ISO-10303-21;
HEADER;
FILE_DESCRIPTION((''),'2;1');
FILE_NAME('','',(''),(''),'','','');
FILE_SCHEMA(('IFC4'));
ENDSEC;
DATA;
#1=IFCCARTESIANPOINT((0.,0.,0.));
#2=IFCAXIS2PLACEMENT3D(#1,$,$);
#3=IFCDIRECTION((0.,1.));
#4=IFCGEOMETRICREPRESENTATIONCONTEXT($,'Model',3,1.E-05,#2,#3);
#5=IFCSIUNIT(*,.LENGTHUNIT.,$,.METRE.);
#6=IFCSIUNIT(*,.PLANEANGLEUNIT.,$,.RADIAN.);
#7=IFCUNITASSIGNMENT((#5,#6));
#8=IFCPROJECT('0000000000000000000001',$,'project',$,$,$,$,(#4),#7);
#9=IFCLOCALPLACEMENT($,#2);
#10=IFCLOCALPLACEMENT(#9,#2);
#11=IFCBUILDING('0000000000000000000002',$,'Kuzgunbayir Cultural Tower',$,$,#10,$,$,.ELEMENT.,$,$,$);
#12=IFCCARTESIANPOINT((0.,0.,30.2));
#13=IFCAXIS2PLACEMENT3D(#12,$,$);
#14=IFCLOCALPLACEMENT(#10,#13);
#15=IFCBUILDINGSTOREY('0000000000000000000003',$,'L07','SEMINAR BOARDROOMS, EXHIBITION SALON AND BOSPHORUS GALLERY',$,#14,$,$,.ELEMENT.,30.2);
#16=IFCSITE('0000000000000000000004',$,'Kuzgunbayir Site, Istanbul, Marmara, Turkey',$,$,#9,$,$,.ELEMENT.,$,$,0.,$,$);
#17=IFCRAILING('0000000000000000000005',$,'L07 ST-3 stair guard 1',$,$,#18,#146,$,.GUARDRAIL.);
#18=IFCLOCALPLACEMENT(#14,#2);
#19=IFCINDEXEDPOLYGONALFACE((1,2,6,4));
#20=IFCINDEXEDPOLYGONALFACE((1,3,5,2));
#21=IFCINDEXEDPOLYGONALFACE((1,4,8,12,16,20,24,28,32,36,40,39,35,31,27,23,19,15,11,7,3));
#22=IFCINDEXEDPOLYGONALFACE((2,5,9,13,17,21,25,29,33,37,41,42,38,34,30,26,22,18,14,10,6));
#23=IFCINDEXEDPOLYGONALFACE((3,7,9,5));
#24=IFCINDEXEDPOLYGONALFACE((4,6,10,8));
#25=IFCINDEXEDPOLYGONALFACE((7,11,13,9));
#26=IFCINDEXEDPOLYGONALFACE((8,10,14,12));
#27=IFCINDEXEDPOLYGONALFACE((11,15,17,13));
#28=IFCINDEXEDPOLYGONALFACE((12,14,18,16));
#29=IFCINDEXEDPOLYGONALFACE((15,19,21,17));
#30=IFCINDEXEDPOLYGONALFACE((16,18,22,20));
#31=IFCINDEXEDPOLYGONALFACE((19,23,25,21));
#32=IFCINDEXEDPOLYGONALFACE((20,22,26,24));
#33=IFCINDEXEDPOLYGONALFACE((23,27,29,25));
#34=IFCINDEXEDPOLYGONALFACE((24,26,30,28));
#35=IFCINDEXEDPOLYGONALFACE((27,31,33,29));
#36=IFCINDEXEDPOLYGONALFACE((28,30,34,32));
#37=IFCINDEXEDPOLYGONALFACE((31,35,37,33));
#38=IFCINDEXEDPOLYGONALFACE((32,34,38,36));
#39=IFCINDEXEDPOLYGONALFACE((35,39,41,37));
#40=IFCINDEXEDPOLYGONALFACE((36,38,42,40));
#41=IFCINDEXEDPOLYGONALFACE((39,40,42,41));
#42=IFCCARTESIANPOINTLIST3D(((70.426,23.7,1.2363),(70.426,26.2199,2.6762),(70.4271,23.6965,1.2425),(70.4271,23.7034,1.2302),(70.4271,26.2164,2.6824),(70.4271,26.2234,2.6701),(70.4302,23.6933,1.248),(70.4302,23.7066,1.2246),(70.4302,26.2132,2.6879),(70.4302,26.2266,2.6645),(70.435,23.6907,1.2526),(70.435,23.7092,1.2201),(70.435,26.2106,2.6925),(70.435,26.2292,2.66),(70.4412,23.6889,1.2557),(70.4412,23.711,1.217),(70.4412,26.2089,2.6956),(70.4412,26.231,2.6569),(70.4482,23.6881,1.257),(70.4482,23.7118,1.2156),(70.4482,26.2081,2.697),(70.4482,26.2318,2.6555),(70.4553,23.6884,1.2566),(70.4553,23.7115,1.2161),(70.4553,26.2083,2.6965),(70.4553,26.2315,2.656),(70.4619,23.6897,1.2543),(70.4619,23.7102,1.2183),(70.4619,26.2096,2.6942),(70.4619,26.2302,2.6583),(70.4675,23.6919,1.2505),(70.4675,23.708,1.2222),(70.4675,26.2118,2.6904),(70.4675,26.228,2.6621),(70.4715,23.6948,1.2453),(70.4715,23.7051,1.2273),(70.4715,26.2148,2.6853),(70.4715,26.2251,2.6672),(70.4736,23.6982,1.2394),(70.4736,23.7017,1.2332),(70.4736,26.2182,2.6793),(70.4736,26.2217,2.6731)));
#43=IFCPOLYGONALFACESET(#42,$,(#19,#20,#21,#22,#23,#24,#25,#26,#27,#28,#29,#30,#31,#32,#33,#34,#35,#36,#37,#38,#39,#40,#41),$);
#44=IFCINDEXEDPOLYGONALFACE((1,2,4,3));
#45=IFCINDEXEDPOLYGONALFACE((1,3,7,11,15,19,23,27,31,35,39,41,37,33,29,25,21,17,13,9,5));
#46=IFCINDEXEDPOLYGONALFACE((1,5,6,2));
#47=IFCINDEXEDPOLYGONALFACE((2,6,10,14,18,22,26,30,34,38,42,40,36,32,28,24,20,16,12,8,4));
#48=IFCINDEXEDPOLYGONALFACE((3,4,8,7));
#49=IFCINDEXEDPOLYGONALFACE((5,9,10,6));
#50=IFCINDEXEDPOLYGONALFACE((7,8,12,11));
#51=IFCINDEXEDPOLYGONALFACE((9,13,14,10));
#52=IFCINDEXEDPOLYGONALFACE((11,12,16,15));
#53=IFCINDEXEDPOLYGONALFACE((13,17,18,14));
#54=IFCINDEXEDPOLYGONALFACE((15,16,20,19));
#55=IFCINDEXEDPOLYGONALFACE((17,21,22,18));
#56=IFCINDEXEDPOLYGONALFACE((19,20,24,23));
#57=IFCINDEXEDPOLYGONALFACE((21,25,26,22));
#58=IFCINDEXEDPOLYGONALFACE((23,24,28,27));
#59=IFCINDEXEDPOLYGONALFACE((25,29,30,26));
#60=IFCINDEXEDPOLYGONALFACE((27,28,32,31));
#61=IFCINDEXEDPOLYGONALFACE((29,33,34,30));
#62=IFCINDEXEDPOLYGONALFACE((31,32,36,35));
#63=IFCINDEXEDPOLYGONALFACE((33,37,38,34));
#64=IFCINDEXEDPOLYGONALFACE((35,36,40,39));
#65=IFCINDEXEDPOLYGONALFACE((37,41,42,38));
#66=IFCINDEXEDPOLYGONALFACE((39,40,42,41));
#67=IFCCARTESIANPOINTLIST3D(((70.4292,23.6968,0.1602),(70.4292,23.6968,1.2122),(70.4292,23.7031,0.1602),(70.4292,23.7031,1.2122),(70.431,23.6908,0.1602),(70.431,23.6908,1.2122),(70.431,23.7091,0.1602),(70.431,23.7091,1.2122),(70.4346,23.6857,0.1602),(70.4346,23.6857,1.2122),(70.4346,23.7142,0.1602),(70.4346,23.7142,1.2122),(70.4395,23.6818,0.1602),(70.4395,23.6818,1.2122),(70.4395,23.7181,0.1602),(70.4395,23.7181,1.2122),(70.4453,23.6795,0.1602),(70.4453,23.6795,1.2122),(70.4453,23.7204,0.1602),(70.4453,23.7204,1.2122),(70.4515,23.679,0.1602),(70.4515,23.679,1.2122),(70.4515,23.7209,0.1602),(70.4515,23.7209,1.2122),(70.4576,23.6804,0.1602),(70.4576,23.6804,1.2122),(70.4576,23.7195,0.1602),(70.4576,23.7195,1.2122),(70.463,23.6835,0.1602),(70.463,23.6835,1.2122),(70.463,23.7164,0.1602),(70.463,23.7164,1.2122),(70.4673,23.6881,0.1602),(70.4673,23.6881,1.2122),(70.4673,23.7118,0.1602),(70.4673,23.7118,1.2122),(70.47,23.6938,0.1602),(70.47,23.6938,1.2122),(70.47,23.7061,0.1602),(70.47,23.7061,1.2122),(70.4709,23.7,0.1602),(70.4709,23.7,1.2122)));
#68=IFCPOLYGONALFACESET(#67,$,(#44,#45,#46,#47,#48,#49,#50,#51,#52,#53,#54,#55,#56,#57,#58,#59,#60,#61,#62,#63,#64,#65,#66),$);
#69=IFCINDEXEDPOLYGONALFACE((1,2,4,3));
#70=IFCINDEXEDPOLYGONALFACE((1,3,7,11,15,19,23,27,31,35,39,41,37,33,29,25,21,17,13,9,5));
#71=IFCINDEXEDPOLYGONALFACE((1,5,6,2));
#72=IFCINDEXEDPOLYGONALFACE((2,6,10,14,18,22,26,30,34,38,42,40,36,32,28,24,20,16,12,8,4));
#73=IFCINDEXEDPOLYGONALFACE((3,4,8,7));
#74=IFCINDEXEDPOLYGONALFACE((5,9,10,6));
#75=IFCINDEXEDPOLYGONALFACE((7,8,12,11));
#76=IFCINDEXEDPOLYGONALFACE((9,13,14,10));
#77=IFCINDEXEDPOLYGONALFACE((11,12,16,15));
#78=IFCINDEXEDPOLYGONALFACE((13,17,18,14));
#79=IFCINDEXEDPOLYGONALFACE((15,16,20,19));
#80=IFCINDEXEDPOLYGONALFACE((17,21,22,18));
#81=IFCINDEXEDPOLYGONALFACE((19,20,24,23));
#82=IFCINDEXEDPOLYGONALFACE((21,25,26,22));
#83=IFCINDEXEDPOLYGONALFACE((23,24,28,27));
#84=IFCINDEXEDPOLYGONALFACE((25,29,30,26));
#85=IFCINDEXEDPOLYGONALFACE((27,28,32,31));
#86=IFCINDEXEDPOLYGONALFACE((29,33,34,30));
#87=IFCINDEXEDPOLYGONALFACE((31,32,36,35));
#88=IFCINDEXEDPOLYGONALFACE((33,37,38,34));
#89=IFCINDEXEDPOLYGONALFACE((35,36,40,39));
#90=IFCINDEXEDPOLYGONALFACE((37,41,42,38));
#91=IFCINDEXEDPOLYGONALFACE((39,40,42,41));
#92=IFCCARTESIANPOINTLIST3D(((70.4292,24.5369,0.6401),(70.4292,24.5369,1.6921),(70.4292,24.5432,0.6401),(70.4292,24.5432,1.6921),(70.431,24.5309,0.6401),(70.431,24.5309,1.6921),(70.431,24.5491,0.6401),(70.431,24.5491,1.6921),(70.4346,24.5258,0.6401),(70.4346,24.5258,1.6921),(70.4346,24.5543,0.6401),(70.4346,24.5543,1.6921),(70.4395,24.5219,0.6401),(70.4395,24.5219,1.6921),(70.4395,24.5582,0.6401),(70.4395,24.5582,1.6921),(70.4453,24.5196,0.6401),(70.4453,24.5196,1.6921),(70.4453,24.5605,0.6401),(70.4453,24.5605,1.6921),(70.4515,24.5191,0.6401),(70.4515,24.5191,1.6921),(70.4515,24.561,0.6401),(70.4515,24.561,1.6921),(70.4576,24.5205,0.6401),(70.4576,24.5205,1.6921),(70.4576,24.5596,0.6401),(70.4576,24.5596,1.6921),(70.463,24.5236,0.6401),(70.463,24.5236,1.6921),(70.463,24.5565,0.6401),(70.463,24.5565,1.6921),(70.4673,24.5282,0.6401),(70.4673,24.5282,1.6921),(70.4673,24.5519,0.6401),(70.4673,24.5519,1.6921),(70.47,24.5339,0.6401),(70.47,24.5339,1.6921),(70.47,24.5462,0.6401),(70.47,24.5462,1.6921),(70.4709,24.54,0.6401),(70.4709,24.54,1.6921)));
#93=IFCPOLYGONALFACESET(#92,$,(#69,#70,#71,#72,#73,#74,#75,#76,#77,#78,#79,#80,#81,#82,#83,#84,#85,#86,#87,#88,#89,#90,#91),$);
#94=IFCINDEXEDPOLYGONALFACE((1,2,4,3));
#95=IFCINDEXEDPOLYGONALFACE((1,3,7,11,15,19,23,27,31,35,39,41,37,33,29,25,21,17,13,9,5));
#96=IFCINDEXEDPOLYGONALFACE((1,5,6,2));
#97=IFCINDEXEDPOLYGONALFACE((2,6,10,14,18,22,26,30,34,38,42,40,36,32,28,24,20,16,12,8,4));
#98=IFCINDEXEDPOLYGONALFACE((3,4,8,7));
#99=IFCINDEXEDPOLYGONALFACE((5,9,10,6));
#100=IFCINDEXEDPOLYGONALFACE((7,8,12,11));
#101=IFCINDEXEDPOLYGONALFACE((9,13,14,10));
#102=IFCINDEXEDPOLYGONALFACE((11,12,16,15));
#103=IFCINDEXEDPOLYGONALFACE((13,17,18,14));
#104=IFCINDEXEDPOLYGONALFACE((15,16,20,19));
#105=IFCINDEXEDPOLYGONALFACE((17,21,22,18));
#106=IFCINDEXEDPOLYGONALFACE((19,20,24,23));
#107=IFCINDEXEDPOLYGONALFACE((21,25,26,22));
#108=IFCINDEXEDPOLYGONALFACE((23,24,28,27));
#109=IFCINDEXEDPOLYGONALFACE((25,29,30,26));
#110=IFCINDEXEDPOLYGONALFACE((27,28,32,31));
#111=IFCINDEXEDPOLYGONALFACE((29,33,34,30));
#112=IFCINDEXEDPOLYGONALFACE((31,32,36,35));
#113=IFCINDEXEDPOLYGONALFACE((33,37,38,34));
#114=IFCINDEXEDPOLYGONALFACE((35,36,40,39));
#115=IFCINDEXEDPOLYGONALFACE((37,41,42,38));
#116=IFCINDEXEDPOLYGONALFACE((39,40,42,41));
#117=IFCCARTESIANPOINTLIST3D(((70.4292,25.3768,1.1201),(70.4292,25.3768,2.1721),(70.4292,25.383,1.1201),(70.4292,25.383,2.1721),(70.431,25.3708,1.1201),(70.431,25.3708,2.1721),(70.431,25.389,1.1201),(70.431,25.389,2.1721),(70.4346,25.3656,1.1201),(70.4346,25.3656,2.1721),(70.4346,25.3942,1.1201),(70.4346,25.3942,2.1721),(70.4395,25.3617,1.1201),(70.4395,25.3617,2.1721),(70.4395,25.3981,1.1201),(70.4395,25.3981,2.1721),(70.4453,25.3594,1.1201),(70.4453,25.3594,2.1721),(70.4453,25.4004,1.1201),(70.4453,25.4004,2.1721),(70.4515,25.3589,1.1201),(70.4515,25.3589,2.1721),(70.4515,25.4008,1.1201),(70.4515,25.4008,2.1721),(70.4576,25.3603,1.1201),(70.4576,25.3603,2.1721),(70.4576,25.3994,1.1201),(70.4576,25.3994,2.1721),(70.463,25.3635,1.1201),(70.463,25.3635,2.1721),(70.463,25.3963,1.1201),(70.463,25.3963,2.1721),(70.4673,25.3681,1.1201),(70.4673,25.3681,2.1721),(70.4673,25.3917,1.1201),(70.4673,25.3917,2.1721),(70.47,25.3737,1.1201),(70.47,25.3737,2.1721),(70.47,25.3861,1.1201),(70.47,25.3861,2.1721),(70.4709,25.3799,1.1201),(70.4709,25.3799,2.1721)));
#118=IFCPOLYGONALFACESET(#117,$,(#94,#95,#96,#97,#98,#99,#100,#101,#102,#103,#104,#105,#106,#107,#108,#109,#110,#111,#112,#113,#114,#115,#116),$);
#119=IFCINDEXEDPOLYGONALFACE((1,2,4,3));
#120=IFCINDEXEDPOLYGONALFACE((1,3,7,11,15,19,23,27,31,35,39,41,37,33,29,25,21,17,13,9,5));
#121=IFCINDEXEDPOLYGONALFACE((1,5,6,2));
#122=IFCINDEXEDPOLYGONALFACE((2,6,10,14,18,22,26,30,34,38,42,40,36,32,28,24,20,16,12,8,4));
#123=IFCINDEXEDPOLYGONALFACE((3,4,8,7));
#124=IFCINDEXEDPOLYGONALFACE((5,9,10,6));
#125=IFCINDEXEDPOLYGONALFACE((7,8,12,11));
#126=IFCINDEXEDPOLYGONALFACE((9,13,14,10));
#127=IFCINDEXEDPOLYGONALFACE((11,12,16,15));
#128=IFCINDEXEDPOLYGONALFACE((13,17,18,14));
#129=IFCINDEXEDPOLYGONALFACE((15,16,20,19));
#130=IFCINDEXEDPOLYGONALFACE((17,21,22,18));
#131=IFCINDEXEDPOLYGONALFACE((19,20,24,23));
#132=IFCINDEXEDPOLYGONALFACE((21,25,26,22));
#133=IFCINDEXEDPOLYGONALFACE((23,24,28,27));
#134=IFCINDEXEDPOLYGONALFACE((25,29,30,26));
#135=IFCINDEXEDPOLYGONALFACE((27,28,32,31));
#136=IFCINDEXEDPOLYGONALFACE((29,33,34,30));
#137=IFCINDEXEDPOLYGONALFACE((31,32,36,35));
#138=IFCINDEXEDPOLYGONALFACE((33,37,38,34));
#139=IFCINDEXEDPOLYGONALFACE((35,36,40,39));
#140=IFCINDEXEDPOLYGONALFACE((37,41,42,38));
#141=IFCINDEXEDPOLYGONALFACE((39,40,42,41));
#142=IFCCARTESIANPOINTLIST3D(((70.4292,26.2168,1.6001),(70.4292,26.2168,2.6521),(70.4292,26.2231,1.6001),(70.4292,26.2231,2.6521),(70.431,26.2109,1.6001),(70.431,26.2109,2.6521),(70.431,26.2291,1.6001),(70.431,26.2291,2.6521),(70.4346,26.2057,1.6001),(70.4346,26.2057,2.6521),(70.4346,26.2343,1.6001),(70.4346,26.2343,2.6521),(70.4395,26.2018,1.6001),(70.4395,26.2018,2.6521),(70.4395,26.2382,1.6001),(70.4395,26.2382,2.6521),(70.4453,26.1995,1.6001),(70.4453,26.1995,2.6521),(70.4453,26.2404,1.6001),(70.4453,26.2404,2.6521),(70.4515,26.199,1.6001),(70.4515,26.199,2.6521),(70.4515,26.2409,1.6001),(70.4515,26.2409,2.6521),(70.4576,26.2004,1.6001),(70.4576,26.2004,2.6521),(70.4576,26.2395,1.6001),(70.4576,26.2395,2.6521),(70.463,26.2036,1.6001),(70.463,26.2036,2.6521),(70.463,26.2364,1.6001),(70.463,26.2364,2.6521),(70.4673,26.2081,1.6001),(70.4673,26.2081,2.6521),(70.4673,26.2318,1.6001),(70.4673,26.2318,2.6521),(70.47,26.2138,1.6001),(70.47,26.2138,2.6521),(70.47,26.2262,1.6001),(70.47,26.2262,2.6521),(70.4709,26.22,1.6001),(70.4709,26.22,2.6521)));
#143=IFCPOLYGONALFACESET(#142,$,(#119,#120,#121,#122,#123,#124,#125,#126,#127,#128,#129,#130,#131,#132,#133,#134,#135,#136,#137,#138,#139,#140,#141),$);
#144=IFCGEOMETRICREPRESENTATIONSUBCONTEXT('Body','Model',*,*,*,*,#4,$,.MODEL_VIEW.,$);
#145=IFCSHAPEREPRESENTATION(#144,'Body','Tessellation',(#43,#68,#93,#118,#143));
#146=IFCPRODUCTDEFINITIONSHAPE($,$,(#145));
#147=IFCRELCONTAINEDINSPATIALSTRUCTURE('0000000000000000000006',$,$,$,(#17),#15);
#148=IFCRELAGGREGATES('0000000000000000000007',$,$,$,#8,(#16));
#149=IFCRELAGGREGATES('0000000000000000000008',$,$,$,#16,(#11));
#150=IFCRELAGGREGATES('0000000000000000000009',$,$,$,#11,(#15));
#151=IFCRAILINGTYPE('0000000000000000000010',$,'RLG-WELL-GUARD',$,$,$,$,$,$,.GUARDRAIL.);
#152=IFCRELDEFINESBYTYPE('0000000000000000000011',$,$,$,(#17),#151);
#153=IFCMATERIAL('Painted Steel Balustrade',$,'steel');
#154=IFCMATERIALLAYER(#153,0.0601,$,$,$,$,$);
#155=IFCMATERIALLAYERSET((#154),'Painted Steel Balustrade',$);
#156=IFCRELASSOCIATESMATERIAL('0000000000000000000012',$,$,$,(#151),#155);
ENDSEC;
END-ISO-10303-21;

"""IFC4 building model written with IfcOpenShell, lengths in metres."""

from ifc_helpers import new_model, si_unit, direction, frame, origin, origin_2d, place, context, subcontext, project, spatial, circle, extrude, material, layer, layer_set, type_object, element, save


model = new_model("IFC4")

# Units and contexts
model_context = context("Model", 3, precision=1e-05, world=origin(), true_north=direction((0.0, 1.0)))
body_context = subcontext(model_context, "Body", "Model", "MODEL_VIEW")
ifc_project = project(units=[si_unit("LENGTHUNIT", "METRE"), si_unit("PLANEANGLEUNIT", "RADIAN")], contexts=[model_context])

# Site, building, storey
site_placement = place(None, origin())
site = spatial("IfcSite", under=ifc_project, at=site_placement, Name="Kuzgunbayir Site, Istanbul, Marmara, Turkey", CompositionType="ELEMENT", RefElevation=0.0)
building_placement = place(site_placement, origin())
building = spatial("IfcBuilding", under=site, at=building_placement, Name="Kuzgunbayir Cultural Tower", CompositionType="ELEMENT")
storey_placement = place(building_placement, frame((0.0, 0.0, 30.2)))
storey = spatial("IfcBuildingStorey", under=building, at=storey_placement, Name="L07", Description="SEMINAR BOARDROOMS, EXHIBITION SALON AND BOSPHORUS GALLERY", CompositionType="ELEMENT", Elevation=30.2)

# Railing
ifc_material_1 = material(Name="Painted Steel Balustrade", Category="steel")
ifc_layer_1 = layer(ifc_material_1, 0.0601)
ifc_layer_set_1 = layer_set([ifc_layer_1], Name="Painted Steel Balustrade")
railing_type_1 = type_object("IfcRailingType", Name="RLG-WELL-GUARD", PredefinedType="GUARDRAIL", material=ifc_layer_set_1)
railing_1_placement = place(storey_placement, frame((70.45, 23.7, 0.1602)))
element("IfcRailing", 1, at=railing_1_placement, inside=storey, type_object=railing_type_1, Name="L07 ST-3 stair guard 1", PredefinedType="GUARDRAIL", context=body_context, shape_type="SweptSolid", body=[
    extrude(circle(Radius=0.0239, at=origin_2d()), frame((0.0, 0.0, 1.0762), z_axis=(0.0, 0.868253, 0.496121), x_axis=(-1.0, 0.0, 0.0)), (0.0, 0.0, 1.0), 2.9023),
    extrude(circle(Radius=0.021, at=origin_2d()), origin(), (0.0, 0.0, 1.0), 1.052),
    extrude(circle(Radius=0.021, at=origin_2d()), frame((0.0, 0.8401, 0.48)), (0.0, 0.0, 1.0), 1.052),
    extrude(circle(Radius=0.021, at=origin_2d()), frame((0.0, 1.6799, 0.96)), (0.0, 0.0, 1.0), 1.052),
    extrude(circle(Radius=0.021, at=origin_2d()), frame((0.0, 2.52, 1.4399)), (0.0, 0.0, 1.0), 1.052),
])

save(model, "model.ifc")
